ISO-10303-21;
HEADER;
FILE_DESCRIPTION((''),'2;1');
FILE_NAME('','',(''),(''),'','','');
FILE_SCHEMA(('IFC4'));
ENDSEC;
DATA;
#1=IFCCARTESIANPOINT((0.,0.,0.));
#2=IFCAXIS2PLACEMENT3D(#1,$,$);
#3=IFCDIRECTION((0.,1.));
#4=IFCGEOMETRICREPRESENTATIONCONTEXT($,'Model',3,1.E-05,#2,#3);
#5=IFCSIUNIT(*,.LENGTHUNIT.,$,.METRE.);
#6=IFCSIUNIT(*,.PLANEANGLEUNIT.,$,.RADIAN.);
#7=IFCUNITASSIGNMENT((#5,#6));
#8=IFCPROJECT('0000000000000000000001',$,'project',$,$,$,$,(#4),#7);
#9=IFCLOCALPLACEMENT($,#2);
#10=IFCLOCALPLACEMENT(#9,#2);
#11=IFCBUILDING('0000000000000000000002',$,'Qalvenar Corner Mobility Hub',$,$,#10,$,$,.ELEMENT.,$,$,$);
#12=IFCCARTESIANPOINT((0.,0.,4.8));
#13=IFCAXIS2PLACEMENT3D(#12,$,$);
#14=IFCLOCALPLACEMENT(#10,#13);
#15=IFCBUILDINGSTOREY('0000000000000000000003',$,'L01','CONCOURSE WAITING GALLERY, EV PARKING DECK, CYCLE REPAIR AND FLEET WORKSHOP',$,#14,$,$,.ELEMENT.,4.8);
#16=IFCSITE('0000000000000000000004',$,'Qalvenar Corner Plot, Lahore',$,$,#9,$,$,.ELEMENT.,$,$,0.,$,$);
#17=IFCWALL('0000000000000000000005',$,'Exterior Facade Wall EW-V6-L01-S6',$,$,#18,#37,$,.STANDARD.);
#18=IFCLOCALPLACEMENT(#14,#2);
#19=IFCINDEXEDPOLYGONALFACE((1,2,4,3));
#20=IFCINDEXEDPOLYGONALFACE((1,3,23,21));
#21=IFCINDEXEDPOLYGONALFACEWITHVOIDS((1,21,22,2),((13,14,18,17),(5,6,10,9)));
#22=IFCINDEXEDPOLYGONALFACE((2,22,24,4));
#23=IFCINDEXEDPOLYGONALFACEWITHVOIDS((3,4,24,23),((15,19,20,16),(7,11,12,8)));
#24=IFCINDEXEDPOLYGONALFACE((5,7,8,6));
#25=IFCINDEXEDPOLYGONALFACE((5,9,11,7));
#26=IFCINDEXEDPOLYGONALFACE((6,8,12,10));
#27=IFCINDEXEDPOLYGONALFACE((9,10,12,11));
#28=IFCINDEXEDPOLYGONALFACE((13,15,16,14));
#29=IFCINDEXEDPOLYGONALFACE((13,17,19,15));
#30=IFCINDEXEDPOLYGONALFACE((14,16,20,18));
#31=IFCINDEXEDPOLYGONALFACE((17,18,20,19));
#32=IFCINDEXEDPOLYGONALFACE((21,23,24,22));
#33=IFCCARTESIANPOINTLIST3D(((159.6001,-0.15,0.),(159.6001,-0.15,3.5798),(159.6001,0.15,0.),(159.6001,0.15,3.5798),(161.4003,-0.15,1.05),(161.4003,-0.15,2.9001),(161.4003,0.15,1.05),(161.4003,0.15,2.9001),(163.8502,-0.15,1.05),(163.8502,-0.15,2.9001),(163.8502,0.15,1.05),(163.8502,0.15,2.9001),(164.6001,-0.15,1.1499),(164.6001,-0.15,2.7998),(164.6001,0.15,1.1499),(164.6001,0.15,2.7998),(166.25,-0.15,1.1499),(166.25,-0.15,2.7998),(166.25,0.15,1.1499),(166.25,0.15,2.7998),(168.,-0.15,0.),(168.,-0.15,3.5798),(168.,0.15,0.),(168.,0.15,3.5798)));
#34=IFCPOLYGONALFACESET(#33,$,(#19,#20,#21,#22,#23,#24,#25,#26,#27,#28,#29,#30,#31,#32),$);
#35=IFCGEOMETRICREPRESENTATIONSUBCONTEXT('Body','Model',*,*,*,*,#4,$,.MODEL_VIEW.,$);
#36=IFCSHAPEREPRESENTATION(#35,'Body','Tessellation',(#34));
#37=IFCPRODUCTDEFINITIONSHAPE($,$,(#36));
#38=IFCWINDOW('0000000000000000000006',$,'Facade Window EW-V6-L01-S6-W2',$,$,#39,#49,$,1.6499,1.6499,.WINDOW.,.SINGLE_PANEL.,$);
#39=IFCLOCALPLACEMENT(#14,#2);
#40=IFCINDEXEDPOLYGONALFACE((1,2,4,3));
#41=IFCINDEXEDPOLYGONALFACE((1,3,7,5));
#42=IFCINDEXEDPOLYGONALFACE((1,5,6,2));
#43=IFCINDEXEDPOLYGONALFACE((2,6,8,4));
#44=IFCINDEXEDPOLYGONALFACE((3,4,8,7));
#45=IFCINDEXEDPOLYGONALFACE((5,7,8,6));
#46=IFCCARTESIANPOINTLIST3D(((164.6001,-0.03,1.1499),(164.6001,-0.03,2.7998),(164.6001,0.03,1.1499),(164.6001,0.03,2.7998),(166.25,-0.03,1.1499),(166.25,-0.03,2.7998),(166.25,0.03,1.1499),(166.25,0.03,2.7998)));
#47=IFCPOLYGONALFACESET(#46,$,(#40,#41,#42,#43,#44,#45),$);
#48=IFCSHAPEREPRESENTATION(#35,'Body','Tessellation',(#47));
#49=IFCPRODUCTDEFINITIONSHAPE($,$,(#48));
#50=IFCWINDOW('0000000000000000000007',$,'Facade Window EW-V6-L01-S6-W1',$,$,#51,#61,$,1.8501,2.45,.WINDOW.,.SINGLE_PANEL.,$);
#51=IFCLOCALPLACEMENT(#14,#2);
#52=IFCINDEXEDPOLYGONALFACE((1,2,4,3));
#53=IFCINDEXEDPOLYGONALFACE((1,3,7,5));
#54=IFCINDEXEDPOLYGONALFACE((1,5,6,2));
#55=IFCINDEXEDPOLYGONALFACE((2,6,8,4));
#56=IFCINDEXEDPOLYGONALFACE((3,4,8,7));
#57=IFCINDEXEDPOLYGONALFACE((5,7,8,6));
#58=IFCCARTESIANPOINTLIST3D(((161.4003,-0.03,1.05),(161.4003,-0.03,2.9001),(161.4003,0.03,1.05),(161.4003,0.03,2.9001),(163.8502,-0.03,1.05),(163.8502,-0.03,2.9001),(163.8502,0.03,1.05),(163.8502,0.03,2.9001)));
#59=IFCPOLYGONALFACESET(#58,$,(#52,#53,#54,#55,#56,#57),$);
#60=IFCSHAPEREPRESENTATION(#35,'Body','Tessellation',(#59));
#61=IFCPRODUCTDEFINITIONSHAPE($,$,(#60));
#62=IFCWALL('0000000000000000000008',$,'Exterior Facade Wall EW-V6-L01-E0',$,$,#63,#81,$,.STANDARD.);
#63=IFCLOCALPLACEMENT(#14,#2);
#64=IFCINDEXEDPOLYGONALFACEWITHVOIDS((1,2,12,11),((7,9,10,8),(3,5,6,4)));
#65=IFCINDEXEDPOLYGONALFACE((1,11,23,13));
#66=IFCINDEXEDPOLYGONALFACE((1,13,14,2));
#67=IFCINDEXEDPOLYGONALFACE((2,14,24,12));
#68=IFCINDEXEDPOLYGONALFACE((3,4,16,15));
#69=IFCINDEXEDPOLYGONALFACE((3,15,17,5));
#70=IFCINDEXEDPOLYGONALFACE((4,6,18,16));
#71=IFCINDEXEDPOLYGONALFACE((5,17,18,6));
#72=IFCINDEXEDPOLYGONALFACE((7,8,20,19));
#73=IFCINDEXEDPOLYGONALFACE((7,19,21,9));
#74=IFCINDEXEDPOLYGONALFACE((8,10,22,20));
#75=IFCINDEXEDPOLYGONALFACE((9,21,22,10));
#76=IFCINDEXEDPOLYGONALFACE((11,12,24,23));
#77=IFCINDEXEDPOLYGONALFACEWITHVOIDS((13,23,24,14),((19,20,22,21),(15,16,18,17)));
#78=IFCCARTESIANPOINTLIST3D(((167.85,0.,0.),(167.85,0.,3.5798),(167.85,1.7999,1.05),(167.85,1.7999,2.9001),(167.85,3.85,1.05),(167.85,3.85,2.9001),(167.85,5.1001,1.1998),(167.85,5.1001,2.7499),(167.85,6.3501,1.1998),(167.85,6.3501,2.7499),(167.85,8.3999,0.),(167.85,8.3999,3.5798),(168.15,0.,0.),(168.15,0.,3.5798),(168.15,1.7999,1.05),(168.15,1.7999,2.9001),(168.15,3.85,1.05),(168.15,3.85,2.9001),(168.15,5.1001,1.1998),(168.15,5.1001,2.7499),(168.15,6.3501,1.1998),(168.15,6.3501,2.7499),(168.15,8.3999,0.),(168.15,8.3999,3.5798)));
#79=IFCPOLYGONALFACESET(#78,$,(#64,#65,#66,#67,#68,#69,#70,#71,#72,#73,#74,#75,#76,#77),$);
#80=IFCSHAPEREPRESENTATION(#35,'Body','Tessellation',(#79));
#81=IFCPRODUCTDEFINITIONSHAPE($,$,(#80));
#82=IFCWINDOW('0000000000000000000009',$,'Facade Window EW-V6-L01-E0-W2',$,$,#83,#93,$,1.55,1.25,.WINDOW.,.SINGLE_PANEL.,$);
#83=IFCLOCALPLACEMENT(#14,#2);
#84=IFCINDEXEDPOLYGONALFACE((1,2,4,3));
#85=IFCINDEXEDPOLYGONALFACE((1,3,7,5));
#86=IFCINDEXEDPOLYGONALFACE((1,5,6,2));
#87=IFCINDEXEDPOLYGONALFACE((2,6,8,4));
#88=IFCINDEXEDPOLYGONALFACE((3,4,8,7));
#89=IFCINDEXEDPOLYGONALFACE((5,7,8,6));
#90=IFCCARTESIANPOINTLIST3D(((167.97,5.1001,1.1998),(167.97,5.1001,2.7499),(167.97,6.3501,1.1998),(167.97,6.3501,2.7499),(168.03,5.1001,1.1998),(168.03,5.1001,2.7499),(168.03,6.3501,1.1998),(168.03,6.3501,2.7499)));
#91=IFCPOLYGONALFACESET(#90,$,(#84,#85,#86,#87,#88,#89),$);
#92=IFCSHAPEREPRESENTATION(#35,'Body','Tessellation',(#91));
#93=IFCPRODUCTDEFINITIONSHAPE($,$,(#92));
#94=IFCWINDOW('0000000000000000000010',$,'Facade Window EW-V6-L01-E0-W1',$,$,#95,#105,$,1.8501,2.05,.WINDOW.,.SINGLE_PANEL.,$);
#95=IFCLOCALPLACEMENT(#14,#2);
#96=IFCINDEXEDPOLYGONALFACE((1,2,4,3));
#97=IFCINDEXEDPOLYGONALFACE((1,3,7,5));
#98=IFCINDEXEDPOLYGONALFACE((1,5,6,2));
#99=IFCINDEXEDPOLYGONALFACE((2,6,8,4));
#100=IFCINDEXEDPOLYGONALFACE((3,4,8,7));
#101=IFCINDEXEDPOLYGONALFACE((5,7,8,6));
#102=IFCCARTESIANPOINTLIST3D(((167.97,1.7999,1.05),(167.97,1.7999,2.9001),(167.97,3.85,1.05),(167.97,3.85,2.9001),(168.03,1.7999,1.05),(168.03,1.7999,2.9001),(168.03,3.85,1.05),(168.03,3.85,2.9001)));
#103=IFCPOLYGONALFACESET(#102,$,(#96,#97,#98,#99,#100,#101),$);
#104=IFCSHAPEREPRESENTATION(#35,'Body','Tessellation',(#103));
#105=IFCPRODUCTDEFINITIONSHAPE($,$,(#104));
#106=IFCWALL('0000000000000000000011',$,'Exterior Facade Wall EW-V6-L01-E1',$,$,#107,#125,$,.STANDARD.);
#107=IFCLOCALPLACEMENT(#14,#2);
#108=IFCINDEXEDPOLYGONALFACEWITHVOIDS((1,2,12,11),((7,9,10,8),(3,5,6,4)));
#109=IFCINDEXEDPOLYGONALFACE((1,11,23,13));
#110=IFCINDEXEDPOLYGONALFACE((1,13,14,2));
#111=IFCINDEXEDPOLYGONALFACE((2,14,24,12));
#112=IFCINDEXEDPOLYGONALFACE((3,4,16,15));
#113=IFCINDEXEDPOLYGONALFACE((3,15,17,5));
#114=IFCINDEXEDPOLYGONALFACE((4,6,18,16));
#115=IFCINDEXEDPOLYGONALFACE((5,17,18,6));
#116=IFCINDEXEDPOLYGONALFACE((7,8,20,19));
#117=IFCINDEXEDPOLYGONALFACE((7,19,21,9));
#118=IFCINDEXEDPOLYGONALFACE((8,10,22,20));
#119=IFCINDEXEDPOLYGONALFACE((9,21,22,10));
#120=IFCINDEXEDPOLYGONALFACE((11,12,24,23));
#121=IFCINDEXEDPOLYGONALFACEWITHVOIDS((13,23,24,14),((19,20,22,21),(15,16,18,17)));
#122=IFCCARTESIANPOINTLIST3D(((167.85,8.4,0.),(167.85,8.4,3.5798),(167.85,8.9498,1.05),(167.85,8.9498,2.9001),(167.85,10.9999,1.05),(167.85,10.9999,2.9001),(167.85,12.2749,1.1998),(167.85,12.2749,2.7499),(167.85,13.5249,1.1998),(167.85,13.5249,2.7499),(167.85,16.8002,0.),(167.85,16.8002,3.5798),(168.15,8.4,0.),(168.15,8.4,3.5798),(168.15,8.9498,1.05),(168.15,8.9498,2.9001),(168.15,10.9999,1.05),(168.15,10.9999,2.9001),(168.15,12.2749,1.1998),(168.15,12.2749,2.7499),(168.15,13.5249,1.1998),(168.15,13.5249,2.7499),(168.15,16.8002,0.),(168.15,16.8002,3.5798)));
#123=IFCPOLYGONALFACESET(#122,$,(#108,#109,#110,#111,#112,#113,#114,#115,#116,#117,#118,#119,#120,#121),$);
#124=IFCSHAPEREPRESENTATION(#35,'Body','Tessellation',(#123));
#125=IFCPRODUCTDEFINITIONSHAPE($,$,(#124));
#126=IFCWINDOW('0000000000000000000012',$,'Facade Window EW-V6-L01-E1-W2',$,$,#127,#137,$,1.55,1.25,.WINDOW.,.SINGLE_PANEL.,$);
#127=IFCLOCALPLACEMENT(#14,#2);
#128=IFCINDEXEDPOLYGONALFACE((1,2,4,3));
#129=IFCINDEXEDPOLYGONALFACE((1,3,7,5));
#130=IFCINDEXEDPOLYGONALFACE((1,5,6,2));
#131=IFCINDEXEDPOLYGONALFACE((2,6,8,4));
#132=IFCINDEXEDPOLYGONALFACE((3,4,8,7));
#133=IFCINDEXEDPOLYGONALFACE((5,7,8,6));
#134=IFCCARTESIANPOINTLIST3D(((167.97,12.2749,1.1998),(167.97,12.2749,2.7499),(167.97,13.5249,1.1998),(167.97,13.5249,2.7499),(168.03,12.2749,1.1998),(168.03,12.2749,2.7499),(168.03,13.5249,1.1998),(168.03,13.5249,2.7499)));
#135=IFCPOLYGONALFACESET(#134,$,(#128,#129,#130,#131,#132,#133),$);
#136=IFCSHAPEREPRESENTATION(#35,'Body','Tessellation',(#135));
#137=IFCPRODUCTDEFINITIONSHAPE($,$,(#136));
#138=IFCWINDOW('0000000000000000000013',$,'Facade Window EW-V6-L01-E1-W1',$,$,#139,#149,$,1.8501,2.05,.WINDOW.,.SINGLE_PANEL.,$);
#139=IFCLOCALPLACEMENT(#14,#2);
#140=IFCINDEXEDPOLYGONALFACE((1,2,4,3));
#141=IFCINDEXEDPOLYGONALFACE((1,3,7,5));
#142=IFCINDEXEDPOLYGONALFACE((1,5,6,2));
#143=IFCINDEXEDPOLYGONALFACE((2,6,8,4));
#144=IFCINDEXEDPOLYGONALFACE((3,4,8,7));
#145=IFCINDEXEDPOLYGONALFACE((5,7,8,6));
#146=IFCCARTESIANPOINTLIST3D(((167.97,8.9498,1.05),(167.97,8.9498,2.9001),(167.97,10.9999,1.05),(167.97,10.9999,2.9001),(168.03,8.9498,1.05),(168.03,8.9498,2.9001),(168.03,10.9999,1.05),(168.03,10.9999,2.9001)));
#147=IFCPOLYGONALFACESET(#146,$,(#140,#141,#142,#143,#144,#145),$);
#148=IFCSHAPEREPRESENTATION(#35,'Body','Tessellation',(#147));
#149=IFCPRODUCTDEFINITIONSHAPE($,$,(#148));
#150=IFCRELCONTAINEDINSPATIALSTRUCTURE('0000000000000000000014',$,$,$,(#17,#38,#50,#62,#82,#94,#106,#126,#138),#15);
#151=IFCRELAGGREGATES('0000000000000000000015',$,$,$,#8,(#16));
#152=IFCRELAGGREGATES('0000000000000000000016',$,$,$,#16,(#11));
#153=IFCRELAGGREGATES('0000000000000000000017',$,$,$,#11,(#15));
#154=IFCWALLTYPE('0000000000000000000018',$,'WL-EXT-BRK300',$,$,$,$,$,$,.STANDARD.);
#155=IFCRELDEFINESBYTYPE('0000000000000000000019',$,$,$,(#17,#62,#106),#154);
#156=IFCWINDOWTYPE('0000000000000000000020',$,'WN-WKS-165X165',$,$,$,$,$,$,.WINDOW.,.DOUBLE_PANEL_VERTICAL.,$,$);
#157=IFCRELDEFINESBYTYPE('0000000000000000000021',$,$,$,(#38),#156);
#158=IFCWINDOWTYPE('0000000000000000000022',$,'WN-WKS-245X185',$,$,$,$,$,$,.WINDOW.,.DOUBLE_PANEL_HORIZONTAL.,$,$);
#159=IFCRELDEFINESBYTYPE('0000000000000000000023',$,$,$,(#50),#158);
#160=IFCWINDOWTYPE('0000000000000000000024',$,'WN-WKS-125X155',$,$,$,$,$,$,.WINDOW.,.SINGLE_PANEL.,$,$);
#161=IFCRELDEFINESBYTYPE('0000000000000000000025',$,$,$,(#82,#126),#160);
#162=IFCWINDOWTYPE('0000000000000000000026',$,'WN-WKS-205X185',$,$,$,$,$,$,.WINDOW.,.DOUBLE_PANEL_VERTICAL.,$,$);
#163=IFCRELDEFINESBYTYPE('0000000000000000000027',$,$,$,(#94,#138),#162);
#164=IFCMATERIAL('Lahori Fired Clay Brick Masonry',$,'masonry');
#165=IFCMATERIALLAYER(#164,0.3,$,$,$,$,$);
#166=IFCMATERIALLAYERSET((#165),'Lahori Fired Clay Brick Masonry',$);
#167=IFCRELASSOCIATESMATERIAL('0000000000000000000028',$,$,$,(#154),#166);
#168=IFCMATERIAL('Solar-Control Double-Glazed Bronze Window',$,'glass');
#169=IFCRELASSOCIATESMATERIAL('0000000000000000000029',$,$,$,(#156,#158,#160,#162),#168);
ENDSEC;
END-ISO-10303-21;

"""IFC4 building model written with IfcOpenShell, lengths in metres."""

from ifc_helpers import new_model, si_unit, direction, frame, frame_2d, origin, place, context, subcontext, project, spatial, rectangle, extrude, material, layer, layer_set, type_object, element, fill, save


model = new_model("IFC4")

# Units and contexts
model_context = context("Model", 3, precision=1e-05, world=origin(), true_north=direction((0.0, 1.0)))
body_context = subcontext(model_context, "Body", "Model", "MODEL_VIEW")
ifc_project = project(units=[si_unit("LENGTHUNIT", "METRE"), si_unit("PLANEANGLEUNIT", "RADIAN")], contexts=[model_context])

# Site, building, storey
site_placement = place(None, origin())
site = spatial("IfcSite", under=ifc_project, at=site_placement, Name="Qalvenar Corner Plot, Lahore", CompositionType="ELEMENT", RefElevation=0.0)
building_placement = place(site_placement, origin())
building = spatial("IfcBuilding", under=site, at=building_placement, Name="Qalvenar Corner Mobility Hub", CompositionType="ELEMENT")
storey_placement = place(building_placement, frame((0.0, 0.0, 4.8)))
storey = spatial("IfcBuildingStorey", under=building, at=storey_placement, Name="L01", Description="CONCOURSE WAITING GALLERY, EV PARKING DECK, CYCLE REPAIR AND FLEET WORKSHOP", CompositionType="ELEMENT", Elevation=4.8)

# Walls, openings, windows
ifc_material_1 = material(Name="Lahori Fired Clay Brick Masonry", Category="masonry")
ifc_layer = layer(ifc_material_1, 0.3)
ifc_layer_set = layer_set([ifc_layer], Name="Lahori Fired Clay Brick Masonry")
wall_type = type_object("IfcWallType", Name="WL-EXT-BRK300", PredefinedType="STANDARD", material=ifc_layer_set)
wall_1_placement = place(storey_placement, frame((159.6001, 0.0, 0.0), z_axis=(0.0, 0.0, 1.0), x_axis=(1.0, 0.0, 0.0)))
wall_1 = element("IfcWall", 1, at=wall_1_placement, inside=storey, type_object=wall_type, Name="Exterior Facade Wall EW-V6-L01-S6", PredefinedType="STANDARD", context=body_context, shape_type="SweptSolid", body=[
    extrude(rectangle(XDim=8.3999, YDim=0.3, at=frame_2d((4.2, 0.0))), origin(), (0.0, 0.0, 1.0), 3.5798),
])
opening_1_placement = place(wall_1_placement, frame((1.8, 0.0, 1.05)))
opening_1 = element("IfcOpeningElement", 2, at=opening_1_placement, cuts=wall_1, PredefinedType="OPENING", context=body_context, shape_type="SweptSolid", body=[
    extrude(rectangle(XDim=2.45, YDim=1.8501, at=frame_2d((1.2251, 0.925))), frame((0.0, 0.1602, 0.0), z_axis=(0.0, -1.0, 0.0), x_axis=(1.0, 0.0, 0.0)), (0.0, 0.0, 1.0), 0.3201),
])
opening_2_placement = place(wall_1_placement, frame((5.0, 0.0, 1.1499)))
opening_2 = element("IfcOpeningElement", 3, at=opening_2_placement, cuts=wall_1, PredefinedType="OPENING", context=body_context, shape_type="SweptSolid", body=[
    extrude(rectangle(XDim=1.6499, YDim=1.6499, at=frame_2d((0.825, 0.825))), frame((0.0, 0.1602, 0.0), z_axis=(0.0, -1.0, 0.0), x_axis=(1.0, 0.0, 0.0)), (0.0, 0.0, 1.0), 0.3201),
])
ifc_material_2 = material(Name="Solar-Control Double-Glazed Bronze Window", Category="glass")
window_type_1 = type_object("IfcWindowType", Name="WN-WKS-165X165", PartitioningType="DOUBLE_PANEL_VERTICAL", PredefinedType="WINDOW", material=ifc_material_2)
window_1_placement = place(opening_2_placement, origin())
window_1 = element("IfcWindow", 4, at=window_1_placement, inside=storey, type_object=window_type_1, Name="Facade Window EW-V6-L01-S6-W2", OverallHeight=1.6499, OverallWidth=1.6499, PartitioningType="SINGLE_PANEL", PredefinedType="WINDOW", context=body_context, shape_type="SweptSolid", body=[
    extrude(rectangle(XDim=1.6499, YDim=1.6499, at=frame_2d((0.825, 0.825))), frame((0.0, 0.03, 0.0), z_axis=(0.0, -1.0, 0.0), x_axis=(1.0, 0.0, 0.0)), (0.0, 0.0, 1.0), 0.0601),
])
fill(opening_2, window_1)
window_type_2 = type_object("IfcWindowType", Name="WN-WKS-245X185", PartitioningType="DOUBLE_PANEL_HORIZONTAL", PredefinedType="WINDOW", material=ifc_material_2)
window_2_placement = place(opening_1_placement, origin())
window_2 = element("IfcWindow", 5, at=window_2_placement, inside=storey, type_object=window_type_2, Name="Facade Window EW-V6-L01-S6-W1", OverallHeight=1.8501, OverallWidth=2.45, PartitioningType="SINGLE_PANEL", PredefinedType="WINDOW", context=body_context, shape_type="SweptSolid", body=[
    extrude(rectangle(XDim=2.45, YDim=1.8501, at=frame_2d((1.2251, 0.925))), frame((0.0, 0.03, 0.0), z_axis=(0.0, -1.0, 0.0), x_axis=(1.0, 0.0, 0.0)), (0.0, 0.0, 1.0), 0.0601),
])
fill(opening_1, window_2)
wall_2_placement = place(storey_placement, frame((168.0, 0.0, 0.0), z_axis=(0.0, 0.0, 1.0), x_axis=(0.0, 1.0, 0.0)))
wall_2 = element("IfcWall", 6, at=wall_2_placement, inside=storey, type_object=wall_type, Name="Exterior Facade Wall EW-V6-L01-E0", PredefinedType="STANDARD", context=body_context, shape_type="SweptSolid", body=[
    extrude(rectangle(XDim=8.3999, YDim=0.3, at=frame_2d((4.2, 0.0))), origin(), (0.0, 0.0, 1.0), 3.5798),
])
opening_3_placement = place(wall_2_placement, frame((1.8, 0.0, 1.05)))
opening_3 = element("IfcOpeningElement", 7, at=opening_3_placement, cuts=wall_2, PredefinedType="OPENING", context=body_context, shape_type="SweptSolid", body=[
    extrude(rectangle(XDim=2.05, YDim=1.8501, at=frame_2d((1.0249, 0.925))), frame((0.0, 0.1602, 0.0), z_axis=(0.0, -1.0, 0.0), x_axis=(1.0, 0.0, 0.0)), (0.0, 0.0, 1.0), 0.3201),
])
opening_4_placement = place(wall_2_placement, frame((5.1001, 0.0, 1.2)))
opening_4 = element("IfcOpeningElement", 8, at=opening_4_placement, cuts=wall_2, PredefinedType="OPENING", context=body_context, shape_type="SweptSolid", body=[
    extrude(rectangle(XDim=1.25, YDim=1.55, at=frame_2d((0.625, 0.7749))), frame((0.0, 0.1602, 0.0), z_axis=(0.0, -1.0, 0.0), x_axis=(1.0, 0.0, 0.0)), (0.0, 0.0, 1.0), 0.3201),
])
window_type_3 = type_object("IfcWindowType", Name="WN-WKS-125X155", PartitioningType="SINGLE_PANEL", PredefinedType="WINDOW", material=ifc_material_2)
window_3_placement = place(opening_4_placement, origin())
window_3 = element("IfcWindow", 9, at=window_3_placement, inside=storey, type_object=window_type_3, Name="Facade Window EW-V6-L01-E0-W2", OverallHeight=1.55, OverallWidth=1.25, PartitioningType="SINGLE_PANEL", PredefinedType="WINDOW", context=body_context, shape_type="SweptSolid", body=[
    extrude(rectangle(XDim=1.25, YDim=1.55, at=frame_2d((0.625, 0.7749))), frame((0.0, 0.03, 0.0), z_axis=(0.0, -1.0, 0.0), x_axis=(1.0, 0.0, 0.0)), (0.0, 0.0, 1.0), 0.0601),
])
fill(opening_4, window_3)
window_type_4 = type_object("IfcWindowType", Name="WN-WKS-205X185", PartitioningType="DOUBLE_PANEL_VERTICAL", PredefinedType="WINDOW", material=ifc_material_2)
window_4_placement = place(opening_3_placement, origin())
window_4 = element("IfcWindow", 10, at=window_4_placement, inside=storey, type_object=window_type_4, Name="Facade Window EW-V6-L01-E0-W1", OverallHeight=1.8501, OverallWidth=2.05, PartitioningType="SINGLE_PANEL", PredefinedType="WINDOW", context=body_context, shape_type="SweptSolid", body=[
    extrude(rectangle(XDim=2.05, YDim=1.8501, at=frame_2d((1.0249, 0.925))), frame((0.0, 0.03, 0.0), z_axis=(0.0, -1.0, 0.0), x_axis=(1.0, 0.0, 0.0)), (0.0, 0.0, 1.0), 0.0601),
])
fill(opening_3, window_4)
wall_3_placement = place(storey_placement, frame((168.0, 8.3999, 0.0), z_axis=(0.0, 0.0, 1.0), x_axis=(0.0, 1.0, 0.0)))
wall_3 = element("IfcWall", 11, at=wall_3_placement, inside=storey, type_object=wall_type, Name="Exterior Facade Wall EW-V6-L01-E1", PredefinedType="STANDARD", context=body_context, shape_type="SweptSolid", body=[
    extrude(rectangle(XDim=8.4001, YDim=0.3, at=frame_2d((4.2002, 0.0))), origin(), (0.0, 0.0, 1.0), 3.5798),
])
opening_5_placement = place(wall_3_placement, frame((0.55, 0.0, 1.05)))
opening_5 = element("IfcOpeningElement", 12, at=opening_5_placement, cuts=wall_3, PredefinedType="OPENING", context=body_context, shape_type="SweptSolid", body=[
    extrude(rectangle(XDim=2.05, YDim=1.8501, at=frame_2d((1.0249, 0.925))), frame((0.0, 0.1602, 0.0), z_axis=(0.0, -1.0, 0.0), x_axis=(1.0, 0.0, 0.0)), (0.0, 0.0, 1.0), 0.3201),
])
opening_6_placement = place(wall_3_placement, frame((3.875, 0.0, 1.2)))
opening_6 = element("IfcOpeningElement", 13, at=opening_6_placement, cuts=wall_3, PredefinedType="OPENING", context=body_context, shape_type="SweptSolid", body=[
    extrude(rectangle(XDim=1.25, YDim=1.55, at=frame_2d((0.625, 0.7749))), frame((0.0, 0.1602, 0.0), z_axis=(0.0, -1.0, 0.0), x_axis=(1.0, 0.0, 0.0)), (0.0, 0.0, 1.0), 0.3201),
])
window_5_placement = place(opening_6_placement, origin())
window_5 = element("IfcWindow", 14, at=window_5_placement, inside=storey, type_object=window_type_3, Name="Facade Window EW-V6-L01-E1-W2", OverallHeight=1.55, OverallWidth=1.25, PartitioningType="SINGLE_PANEL", PredefinedType="WINDOW", context=body_context, shape_type="SweptSolid", body=[
    extrude(rectangle(XDim=1.25, YDim=1.55, at=frame_2d((0.625, 0.7749))), frame((0.0, 0.03, 0.0), z_axis=(0.0, -1.0, 0.0), x_axis=(1.0, 0.0, 0.0)), (0.0, 0.0, 1.0), 0.0601),
])
fill(opening_6, window_5)
window_6_placement = place(opening_5_placement, origin())
window_6 = element("IfcWindow", 15, at=window_6_placement, inside=storey, type_object=window_type_4, Name="Facade Window EW-V6-L01-E1-W1", OverallHeight=1.8501, OverallWidth=2.05, PartitioningType="SINGLE_PANEL", PredefinedType="WINDOW", context=body_context, shape_type="SweptSolid", body=[
    extrude(rectangle(XDim=2.05, YDim=1.8501, at=frame_2d((1.0249, 0.925))), frame((0.0, 0.03, 0.0), z_axis=(0.0, -1.0, 0.0), x_axis=(1.0, 0.0, 0.0)), (0.0, 0.0, 1.0), 0.0601),
])
fill(opening_5, window_6)

save(model, "model.ifc")
